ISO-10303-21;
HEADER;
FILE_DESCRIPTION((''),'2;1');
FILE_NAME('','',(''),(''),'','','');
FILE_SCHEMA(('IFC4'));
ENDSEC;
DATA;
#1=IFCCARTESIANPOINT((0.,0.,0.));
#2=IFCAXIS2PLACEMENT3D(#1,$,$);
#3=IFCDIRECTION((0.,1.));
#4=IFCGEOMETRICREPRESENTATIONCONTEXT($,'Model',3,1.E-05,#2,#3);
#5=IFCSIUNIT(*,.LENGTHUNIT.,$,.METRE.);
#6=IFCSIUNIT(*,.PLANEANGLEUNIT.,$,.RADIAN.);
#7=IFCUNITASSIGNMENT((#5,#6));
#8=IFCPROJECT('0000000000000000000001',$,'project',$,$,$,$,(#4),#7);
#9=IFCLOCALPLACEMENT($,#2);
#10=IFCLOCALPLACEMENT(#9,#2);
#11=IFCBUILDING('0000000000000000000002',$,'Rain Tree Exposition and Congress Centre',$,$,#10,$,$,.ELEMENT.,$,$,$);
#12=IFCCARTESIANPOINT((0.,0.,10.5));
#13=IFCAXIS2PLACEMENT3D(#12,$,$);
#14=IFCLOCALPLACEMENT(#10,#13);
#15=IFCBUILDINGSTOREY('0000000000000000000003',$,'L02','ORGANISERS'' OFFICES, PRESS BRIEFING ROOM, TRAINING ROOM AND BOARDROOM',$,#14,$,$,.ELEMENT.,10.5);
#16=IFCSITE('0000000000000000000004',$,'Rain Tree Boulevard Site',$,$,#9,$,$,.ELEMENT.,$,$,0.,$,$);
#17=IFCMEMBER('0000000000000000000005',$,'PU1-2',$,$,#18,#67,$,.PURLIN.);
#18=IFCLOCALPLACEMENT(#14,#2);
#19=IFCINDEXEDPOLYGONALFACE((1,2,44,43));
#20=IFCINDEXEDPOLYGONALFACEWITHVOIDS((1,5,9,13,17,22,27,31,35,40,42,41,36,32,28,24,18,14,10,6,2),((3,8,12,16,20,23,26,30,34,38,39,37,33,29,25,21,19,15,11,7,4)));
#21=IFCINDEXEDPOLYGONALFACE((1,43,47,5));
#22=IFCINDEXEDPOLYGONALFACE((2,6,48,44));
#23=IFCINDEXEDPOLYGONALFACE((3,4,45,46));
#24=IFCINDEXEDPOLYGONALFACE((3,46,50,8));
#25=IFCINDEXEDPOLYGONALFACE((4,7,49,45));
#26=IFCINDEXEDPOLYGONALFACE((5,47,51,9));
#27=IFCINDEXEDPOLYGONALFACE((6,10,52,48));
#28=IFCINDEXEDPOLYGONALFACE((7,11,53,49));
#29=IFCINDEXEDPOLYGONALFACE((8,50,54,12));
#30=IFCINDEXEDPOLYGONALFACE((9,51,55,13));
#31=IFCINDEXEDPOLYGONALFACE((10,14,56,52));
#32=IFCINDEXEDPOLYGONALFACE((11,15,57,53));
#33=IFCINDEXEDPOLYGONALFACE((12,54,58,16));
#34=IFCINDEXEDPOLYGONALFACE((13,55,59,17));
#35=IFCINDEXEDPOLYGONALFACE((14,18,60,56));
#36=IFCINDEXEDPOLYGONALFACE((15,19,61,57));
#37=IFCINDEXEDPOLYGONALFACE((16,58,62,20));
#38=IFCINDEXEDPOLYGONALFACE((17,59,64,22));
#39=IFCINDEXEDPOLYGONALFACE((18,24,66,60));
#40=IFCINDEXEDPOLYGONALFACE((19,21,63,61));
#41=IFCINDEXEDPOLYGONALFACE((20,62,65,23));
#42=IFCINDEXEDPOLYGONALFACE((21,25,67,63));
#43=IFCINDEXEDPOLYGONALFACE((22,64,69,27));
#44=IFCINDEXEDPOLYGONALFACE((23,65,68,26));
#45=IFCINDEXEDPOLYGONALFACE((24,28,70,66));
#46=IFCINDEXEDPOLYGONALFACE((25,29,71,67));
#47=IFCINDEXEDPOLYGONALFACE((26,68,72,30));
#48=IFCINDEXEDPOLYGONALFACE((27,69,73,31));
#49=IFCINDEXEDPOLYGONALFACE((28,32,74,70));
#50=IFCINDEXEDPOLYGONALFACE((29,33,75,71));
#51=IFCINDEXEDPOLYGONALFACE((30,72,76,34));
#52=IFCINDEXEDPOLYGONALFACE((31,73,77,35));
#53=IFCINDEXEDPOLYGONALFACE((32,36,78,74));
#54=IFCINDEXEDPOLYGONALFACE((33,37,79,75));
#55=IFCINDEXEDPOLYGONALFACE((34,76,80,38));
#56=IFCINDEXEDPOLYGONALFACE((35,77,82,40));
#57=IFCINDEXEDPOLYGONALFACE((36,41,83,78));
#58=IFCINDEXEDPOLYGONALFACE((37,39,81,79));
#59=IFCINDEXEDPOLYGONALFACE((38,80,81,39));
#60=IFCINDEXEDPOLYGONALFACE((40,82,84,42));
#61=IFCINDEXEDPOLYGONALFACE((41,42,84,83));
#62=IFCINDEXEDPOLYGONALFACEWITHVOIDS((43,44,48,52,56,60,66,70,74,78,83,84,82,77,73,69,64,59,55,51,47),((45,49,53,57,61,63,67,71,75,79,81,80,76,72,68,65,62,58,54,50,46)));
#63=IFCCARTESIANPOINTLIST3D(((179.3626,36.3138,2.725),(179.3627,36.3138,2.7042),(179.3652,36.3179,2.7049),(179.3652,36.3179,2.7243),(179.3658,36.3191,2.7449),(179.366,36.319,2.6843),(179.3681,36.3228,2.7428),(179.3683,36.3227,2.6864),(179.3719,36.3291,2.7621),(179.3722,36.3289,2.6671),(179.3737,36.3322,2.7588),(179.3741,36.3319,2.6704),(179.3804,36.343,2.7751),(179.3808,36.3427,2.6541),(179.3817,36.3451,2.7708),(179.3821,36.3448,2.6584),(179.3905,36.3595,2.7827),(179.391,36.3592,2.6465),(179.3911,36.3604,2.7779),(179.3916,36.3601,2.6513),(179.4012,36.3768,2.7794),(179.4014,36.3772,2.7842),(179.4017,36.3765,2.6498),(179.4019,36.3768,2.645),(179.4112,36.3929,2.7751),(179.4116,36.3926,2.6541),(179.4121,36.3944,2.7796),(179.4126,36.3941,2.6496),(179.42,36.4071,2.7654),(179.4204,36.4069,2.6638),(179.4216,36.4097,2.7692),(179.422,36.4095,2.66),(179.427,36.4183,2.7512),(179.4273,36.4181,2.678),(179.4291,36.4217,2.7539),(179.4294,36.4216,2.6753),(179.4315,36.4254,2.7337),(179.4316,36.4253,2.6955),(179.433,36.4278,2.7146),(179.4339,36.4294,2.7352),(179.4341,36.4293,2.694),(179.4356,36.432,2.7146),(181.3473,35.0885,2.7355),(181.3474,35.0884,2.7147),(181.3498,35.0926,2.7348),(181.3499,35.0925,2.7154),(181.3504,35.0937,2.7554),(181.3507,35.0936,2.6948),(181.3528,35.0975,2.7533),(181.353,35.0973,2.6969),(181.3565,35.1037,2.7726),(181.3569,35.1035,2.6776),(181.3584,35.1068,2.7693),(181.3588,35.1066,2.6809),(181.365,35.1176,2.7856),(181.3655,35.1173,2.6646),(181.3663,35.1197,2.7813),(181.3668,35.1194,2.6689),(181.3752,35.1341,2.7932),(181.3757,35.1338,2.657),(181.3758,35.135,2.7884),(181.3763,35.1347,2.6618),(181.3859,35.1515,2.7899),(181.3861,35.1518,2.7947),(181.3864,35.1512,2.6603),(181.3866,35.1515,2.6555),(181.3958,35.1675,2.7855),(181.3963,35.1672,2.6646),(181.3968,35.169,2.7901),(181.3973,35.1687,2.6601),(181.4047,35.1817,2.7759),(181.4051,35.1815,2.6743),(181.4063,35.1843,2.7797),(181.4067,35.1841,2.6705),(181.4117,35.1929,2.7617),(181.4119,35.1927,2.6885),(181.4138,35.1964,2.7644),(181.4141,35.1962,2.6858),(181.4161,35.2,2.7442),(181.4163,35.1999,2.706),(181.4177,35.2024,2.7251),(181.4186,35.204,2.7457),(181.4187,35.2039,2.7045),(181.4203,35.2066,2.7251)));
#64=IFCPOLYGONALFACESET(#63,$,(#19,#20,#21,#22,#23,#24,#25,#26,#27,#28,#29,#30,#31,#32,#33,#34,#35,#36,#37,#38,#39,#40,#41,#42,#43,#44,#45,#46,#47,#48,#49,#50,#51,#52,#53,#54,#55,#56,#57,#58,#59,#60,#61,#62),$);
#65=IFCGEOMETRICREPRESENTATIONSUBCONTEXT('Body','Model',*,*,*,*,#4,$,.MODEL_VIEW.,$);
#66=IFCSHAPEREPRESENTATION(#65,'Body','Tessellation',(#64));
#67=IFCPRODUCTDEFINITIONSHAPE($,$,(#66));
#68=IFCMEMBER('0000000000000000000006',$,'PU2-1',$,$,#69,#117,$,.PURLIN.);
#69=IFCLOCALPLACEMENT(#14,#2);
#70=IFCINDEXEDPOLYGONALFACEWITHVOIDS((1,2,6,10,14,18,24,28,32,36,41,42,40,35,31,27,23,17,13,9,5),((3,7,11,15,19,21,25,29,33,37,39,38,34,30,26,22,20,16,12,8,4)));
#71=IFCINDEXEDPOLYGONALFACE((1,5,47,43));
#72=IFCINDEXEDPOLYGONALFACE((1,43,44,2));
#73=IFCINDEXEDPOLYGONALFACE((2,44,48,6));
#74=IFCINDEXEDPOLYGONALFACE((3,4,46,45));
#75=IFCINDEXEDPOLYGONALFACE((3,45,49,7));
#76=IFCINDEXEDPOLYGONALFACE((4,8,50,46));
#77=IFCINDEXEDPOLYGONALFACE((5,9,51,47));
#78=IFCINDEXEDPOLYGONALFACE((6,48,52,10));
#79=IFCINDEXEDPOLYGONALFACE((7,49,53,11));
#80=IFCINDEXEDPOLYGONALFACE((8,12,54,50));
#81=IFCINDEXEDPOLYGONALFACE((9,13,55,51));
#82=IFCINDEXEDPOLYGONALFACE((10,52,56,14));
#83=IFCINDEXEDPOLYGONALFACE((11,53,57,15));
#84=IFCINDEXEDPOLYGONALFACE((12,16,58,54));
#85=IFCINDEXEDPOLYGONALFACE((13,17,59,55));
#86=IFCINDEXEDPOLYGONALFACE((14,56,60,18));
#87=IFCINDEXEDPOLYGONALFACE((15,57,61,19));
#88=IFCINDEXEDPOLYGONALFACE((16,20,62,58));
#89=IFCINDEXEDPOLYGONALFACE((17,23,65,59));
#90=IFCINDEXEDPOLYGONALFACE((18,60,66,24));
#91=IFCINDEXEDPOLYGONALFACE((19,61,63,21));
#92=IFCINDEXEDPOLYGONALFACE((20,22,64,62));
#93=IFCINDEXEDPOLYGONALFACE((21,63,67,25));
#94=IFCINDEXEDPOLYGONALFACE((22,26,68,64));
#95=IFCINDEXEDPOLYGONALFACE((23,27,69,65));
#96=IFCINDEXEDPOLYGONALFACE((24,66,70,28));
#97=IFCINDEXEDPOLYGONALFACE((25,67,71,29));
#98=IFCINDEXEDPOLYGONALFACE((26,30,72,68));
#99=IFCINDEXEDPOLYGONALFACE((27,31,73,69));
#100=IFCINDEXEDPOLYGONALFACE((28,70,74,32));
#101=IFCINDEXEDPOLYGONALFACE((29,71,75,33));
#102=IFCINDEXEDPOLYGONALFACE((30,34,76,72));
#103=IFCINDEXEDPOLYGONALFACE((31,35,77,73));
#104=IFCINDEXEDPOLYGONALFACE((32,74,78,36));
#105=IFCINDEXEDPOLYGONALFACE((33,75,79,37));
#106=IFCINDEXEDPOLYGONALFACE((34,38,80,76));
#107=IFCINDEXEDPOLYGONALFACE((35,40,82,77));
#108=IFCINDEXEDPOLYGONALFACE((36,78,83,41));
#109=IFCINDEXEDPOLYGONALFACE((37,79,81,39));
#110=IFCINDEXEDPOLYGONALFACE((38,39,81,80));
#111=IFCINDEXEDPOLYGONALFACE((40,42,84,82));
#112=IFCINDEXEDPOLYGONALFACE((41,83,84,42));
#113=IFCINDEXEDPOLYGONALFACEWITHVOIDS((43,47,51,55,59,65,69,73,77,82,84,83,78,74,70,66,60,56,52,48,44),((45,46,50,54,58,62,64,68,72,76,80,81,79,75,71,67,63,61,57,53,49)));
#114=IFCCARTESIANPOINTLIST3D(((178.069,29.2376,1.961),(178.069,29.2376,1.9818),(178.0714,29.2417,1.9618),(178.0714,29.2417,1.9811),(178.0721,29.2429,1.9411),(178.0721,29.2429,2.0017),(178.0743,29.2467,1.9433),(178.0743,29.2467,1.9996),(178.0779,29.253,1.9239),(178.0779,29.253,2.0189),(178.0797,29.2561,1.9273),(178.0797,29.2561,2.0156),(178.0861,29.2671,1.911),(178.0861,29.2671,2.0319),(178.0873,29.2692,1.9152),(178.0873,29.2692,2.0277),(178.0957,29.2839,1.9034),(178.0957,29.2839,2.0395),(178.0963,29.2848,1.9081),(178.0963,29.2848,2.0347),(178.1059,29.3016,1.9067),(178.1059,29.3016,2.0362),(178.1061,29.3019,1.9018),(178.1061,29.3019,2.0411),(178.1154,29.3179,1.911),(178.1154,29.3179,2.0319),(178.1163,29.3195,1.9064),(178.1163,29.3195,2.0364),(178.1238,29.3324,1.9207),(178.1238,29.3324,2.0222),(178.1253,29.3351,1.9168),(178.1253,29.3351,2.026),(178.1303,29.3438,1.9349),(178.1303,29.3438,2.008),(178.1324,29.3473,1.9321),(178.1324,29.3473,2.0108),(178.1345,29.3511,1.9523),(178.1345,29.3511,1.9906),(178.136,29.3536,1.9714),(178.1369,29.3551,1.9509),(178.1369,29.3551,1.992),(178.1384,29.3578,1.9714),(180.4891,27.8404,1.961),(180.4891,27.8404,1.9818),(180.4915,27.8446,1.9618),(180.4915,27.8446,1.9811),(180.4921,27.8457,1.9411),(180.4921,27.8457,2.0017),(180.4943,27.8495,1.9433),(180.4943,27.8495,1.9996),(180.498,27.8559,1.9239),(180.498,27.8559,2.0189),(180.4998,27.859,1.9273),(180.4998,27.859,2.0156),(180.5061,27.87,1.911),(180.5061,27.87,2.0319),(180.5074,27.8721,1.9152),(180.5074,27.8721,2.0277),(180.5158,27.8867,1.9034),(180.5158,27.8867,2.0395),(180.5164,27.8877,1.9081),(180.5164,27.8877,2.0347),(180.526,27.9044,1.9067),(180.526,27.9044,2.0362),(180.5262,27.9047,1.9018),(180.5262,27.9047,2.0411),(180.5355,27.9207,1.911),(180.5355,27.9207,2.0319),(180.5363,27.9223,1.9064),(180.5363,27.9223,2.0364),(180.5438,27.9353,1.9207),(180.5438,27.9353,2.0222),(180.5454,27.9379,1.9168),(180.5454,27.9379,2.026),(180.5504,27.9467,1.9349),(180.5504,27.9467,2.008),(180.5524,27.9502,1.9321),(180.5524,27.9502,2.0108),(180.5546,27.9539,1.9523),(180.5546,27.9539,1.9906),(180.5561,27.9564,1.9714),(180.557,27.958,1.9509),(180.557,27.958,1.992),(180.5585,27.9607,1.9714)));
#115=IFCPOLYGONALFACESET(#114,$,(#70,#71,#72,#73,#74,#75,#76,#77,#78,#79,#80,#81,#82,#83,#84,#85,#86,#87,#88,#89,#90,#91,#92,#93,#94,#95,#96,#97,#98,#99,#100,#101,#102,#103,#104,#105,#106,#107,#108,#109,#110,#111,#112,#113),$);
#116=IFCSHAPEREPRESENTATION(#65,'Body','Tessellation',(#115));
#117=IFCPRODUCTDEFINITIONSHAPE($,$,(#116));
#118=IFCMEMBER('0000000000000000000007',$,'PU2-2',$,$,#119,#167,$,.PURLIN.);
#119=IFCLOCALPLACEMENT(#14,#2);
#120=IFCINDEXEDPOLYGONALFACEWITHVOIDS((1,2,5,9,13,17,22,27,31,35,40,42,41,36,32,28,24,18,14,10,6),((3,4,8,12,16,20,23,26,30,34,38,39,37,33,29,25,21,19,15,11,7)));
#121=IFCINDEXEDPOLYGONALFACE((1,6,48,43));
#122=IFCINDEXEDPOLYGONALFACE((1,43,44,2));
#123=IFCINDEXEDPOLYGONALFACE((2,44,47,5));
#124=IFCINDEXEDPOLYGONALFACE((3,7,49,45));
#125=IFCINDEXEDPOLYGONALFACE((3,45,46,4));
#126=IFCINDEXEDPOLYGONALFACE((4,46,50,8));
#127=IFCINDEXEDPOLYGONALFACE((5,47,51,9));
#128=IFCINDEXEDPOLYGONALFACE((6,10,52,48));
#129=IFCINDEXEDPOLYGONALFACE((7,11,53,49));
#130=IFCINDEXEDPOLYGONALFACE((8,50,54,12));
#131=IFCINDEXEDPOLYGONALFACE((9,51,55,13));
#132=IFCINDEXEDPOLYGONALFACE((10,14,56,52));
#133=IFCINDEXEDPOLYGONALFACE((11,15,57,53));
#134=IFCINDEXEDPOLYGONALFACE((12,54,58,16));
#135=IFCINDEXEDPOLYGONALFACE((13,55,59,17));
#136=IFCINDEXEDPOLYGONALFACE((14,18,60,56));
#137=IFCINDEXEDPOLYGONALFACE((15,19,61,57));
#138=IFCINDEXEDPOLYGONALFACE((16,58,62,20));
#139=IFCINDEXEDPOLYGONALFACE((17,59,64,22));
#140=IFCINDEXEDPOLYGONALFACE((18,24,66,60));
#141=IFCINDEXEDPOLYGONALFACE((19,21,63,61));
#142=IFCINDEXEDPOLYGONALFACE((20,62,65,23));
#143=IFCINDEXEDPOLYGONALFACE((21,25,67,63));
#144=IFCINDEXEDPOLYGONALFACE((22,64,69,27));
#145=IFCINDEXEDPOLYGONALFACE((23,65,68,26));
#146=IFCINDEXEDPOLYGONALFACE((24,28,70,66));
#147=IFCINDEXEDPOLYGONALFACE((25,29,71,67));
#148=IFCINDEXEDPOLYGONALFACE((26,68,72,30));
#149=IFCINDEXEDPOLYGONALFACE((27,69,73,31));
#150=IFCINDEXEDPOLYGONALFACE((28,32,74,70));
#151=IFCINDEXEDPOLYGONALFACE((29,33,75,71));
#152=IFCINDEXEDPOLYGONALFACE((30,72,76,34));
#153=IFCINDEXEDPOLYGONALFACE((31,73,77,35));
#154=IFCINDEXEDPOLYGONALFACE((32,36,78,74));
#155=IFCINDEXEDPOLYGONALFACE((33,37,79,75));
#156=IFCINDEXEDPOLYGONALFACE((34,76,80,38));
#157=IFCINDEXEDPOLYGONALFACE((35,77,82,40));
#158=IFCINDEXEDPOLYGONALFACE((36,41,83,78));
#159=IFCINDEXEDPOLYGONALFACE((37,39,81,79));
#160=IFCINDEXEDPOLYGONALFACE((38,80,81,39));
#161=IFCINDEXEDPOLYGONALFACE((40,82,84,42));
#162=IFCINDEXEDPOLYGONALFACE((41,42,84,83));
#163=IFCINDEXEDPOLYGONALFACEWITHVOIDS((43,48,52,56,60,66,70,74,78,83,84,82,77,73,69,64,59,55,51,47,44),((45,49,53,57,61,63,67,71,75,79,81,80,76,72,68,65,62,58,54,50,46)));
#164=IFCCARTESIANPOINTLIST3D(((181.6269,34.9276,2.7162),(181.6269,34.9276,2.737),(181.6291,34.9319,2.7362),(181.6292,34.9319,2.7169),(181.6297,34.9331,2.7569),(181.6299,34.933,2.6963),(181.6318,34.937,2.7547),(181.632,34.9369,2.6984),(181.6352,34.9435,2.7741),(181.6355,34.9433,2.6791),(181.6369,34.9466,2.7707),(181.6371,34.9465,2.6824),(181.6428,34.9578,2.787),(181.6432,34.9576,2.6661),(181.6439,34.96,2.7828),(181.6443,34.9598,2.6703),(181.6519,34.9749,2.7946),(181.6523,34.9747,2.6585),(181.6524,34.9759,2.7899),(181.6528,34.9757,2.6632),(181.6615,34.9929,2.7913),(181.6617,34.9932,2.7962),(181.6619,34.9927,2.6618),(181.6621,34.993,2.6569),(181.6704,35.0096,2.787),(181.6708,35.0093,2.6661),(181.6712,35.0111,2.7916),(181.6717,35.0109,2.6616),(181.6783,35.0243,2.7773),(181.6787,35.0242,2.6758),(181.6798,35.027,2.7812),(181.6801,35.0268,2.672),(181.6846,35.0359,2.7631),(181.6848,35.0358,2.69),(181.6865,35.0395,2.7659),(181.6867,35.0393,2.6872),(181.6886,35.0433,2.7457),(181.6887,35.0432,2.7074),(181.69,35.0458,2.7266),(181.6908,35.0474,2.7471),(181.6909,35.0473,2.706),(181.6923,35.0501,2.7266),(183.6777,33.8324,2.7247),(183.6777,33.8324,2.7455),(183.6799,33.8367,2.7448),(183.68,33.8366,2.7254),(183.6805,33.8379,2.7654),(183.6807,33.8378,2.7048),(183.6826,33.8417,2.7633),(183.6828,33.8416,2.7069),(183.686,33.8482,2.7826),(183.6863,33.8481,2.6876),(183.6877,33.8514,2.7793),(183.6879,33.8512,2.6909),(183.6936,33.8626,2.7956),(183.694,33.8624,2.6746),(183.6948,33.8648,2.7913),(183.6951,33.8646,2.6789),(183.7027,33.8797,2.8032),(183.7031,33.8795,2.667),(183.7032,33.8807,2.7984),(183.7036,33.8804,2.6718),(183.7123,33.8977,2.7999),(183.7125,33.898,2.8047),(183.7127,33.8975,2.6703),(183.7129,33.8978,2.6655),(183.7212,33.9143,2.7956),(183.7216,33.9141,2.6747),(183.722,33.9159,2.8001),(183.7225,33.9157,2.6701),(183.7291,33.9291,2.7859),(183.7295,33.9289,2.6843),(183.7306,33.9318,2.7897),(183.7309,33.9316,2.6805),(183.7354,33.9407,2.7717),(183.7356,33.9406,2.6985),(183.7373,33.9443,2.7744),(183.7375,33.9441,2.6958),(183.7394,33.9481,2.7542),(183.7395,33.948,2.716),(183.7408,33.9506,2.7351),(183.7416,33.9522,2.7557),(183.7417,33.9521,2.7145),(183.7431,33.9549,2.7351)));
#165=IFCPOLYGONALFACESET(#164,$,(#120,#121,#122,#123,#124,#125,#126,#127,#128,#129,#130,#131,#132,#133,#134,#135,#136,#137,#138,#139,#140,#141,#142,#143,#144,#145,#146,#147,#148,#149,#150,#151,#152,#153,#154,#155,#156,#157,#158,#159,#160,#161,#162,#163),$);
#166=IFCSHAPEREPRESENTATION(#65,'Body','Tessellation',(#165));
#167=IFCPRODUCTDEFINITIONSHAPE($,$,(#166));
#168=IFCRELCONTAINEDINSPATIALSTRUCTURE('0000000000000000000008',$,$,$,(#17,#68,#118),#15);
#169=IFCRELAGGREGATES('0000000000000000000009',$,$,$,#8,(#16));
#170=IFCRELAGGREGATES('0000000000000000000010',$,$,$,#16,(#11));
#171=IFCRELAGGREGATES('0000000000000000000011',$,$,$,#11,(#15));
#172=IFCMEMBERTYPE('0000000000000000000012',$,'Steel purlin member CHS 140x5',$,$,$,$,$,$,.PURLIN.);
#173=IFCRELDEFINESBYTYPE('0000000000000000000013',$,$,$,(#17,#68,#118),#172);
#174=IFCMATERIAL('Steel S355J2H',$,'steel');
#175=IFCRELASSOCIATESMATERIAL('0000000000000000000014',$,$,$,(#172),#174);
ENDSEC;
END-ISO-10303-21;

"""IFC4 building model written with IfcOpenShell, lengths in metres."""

from ifc_helpers import new_model, si_unit, direction, frame, origin, origin_2d, place, context, subcontext, project, spatial, hollow_circle, extrude, material, material_profile, profile_set, type_object, element, save


model = new_model("IFC4")

# Units and contexts
model_context = context("Model", 3, precision=1e-05, world=origin(), true_north=direction((0.0, 1.0)))
body_context = subcontext(model_context, "Body", "Model", "MODEL_VIEW")
ifc_project = project(units=[si_unit("LENGTHUNIT", "METRE"), si_unit("PLANEANGLEUNIT", "RADIAN")], contexts=[model_context])

# Site, building, storey
site_placement = place(None, origin())
site = spatial("IfcSite", under=ifc_project, at=site_placement, Name="Rain Tree Boulevard Site", CompositionType="ELEMENT", RefElevation=0.0)
building_placement = place(site_placement, origin())
building = spatial("IfcBuilding", under=site, at=building_placement, Name="Rain Tree Exposition and Congress Centre", CompositionType="ELEMENT")
storey_placement = place(building_placement, frame((0.0, 0.0, 10.5)))
storey = spatial("IfcBuildingStorey", under=building, at=storey_placement, Name="L02", Description="ORGANISERS' OFFICES, PRESS BRIEFING ROOM, TRAINING ROOM AND BOARDROOM", CompositionType="ELEMENT", Elevation=10.5)

# Members
ifc_material_1 = material(Name="Steel S355J2H", Category="steel")
ifc_material_profile_1 = material_profile(ifc_material_1, hollow_circle(Radius=0.0698, WallThickness=0.0049, at=origin_2d()), Name="CHS 140x5")
ifc_profile_set_1 = profile_set([ifc_material_profile_1], Name="Steel S355J2H")
member_type_1 = type_object("IfcMemberType", Name="Steel purlin member CHS 140x5", PredefinedType="PURLIN", material=ifc_profile_set_1)
member_1_placement = place(storey_placement, frame((179.3989, 36.3726, 2.7146), z_axis=(0.850876, -0.525347, 0.004501), x_axis=(0.525352, 0.850885, 0.0)))
element("IfcMember", 1, at=member_1_placement, inside=storey, type_object=member_type_1, Name="PU1-2", PredefinedType="PURLIN", context=body_context, shape_type="SweptSolid", body=[
    extrude(hollow_circle(Radius=0.0698, WallThickness=0.0049, at=origin_2d()), origin(), (0.0, 0.0, 1.0), 2.3325),
])
member_2_placement = place(storey_placement, frame((178.1035, 29.2974, 1.9714), z_axis=(0.866036, -0.499982, 0.0), x_axis=(0.499982, 0.866036, 0.0)))
element("IfcMember", 2, at=member_2_placement, inside=storey, type_object=member_type_1, Name="PU2-1", PredefinedType="PURLIN", context=body_context, shape_type="SweptSolid", body=[
    extrude(hollow_circle(Radius=0.0698, WallThickness=0.0049, at=origin_2d()), origin(), (0.0, 0.0, 1.0), 2.7944),
])
member_3_placement = place(storey_placement, frame((181.6594, 34.9885, 2.7266), z_axis=(0.882085, -0.471076, 0.003675), x_axis=(0.471079, 0.882091, 0.0)))
element("IfcMember", 3, at=member_3_placement, inside=storey, type_object=member_type_1, Name="PU2-2", PredefinedType="PURLIN", context=body_context, shape_type="SweptSolid", body=[
    extrude(hollow_circle(Radius=0.0698, WallThickness=0.0049, at=origin_2d()), origin(), (0.0, 0.0, 1.0), 2.325),
])

save(model, "model.ifc")
